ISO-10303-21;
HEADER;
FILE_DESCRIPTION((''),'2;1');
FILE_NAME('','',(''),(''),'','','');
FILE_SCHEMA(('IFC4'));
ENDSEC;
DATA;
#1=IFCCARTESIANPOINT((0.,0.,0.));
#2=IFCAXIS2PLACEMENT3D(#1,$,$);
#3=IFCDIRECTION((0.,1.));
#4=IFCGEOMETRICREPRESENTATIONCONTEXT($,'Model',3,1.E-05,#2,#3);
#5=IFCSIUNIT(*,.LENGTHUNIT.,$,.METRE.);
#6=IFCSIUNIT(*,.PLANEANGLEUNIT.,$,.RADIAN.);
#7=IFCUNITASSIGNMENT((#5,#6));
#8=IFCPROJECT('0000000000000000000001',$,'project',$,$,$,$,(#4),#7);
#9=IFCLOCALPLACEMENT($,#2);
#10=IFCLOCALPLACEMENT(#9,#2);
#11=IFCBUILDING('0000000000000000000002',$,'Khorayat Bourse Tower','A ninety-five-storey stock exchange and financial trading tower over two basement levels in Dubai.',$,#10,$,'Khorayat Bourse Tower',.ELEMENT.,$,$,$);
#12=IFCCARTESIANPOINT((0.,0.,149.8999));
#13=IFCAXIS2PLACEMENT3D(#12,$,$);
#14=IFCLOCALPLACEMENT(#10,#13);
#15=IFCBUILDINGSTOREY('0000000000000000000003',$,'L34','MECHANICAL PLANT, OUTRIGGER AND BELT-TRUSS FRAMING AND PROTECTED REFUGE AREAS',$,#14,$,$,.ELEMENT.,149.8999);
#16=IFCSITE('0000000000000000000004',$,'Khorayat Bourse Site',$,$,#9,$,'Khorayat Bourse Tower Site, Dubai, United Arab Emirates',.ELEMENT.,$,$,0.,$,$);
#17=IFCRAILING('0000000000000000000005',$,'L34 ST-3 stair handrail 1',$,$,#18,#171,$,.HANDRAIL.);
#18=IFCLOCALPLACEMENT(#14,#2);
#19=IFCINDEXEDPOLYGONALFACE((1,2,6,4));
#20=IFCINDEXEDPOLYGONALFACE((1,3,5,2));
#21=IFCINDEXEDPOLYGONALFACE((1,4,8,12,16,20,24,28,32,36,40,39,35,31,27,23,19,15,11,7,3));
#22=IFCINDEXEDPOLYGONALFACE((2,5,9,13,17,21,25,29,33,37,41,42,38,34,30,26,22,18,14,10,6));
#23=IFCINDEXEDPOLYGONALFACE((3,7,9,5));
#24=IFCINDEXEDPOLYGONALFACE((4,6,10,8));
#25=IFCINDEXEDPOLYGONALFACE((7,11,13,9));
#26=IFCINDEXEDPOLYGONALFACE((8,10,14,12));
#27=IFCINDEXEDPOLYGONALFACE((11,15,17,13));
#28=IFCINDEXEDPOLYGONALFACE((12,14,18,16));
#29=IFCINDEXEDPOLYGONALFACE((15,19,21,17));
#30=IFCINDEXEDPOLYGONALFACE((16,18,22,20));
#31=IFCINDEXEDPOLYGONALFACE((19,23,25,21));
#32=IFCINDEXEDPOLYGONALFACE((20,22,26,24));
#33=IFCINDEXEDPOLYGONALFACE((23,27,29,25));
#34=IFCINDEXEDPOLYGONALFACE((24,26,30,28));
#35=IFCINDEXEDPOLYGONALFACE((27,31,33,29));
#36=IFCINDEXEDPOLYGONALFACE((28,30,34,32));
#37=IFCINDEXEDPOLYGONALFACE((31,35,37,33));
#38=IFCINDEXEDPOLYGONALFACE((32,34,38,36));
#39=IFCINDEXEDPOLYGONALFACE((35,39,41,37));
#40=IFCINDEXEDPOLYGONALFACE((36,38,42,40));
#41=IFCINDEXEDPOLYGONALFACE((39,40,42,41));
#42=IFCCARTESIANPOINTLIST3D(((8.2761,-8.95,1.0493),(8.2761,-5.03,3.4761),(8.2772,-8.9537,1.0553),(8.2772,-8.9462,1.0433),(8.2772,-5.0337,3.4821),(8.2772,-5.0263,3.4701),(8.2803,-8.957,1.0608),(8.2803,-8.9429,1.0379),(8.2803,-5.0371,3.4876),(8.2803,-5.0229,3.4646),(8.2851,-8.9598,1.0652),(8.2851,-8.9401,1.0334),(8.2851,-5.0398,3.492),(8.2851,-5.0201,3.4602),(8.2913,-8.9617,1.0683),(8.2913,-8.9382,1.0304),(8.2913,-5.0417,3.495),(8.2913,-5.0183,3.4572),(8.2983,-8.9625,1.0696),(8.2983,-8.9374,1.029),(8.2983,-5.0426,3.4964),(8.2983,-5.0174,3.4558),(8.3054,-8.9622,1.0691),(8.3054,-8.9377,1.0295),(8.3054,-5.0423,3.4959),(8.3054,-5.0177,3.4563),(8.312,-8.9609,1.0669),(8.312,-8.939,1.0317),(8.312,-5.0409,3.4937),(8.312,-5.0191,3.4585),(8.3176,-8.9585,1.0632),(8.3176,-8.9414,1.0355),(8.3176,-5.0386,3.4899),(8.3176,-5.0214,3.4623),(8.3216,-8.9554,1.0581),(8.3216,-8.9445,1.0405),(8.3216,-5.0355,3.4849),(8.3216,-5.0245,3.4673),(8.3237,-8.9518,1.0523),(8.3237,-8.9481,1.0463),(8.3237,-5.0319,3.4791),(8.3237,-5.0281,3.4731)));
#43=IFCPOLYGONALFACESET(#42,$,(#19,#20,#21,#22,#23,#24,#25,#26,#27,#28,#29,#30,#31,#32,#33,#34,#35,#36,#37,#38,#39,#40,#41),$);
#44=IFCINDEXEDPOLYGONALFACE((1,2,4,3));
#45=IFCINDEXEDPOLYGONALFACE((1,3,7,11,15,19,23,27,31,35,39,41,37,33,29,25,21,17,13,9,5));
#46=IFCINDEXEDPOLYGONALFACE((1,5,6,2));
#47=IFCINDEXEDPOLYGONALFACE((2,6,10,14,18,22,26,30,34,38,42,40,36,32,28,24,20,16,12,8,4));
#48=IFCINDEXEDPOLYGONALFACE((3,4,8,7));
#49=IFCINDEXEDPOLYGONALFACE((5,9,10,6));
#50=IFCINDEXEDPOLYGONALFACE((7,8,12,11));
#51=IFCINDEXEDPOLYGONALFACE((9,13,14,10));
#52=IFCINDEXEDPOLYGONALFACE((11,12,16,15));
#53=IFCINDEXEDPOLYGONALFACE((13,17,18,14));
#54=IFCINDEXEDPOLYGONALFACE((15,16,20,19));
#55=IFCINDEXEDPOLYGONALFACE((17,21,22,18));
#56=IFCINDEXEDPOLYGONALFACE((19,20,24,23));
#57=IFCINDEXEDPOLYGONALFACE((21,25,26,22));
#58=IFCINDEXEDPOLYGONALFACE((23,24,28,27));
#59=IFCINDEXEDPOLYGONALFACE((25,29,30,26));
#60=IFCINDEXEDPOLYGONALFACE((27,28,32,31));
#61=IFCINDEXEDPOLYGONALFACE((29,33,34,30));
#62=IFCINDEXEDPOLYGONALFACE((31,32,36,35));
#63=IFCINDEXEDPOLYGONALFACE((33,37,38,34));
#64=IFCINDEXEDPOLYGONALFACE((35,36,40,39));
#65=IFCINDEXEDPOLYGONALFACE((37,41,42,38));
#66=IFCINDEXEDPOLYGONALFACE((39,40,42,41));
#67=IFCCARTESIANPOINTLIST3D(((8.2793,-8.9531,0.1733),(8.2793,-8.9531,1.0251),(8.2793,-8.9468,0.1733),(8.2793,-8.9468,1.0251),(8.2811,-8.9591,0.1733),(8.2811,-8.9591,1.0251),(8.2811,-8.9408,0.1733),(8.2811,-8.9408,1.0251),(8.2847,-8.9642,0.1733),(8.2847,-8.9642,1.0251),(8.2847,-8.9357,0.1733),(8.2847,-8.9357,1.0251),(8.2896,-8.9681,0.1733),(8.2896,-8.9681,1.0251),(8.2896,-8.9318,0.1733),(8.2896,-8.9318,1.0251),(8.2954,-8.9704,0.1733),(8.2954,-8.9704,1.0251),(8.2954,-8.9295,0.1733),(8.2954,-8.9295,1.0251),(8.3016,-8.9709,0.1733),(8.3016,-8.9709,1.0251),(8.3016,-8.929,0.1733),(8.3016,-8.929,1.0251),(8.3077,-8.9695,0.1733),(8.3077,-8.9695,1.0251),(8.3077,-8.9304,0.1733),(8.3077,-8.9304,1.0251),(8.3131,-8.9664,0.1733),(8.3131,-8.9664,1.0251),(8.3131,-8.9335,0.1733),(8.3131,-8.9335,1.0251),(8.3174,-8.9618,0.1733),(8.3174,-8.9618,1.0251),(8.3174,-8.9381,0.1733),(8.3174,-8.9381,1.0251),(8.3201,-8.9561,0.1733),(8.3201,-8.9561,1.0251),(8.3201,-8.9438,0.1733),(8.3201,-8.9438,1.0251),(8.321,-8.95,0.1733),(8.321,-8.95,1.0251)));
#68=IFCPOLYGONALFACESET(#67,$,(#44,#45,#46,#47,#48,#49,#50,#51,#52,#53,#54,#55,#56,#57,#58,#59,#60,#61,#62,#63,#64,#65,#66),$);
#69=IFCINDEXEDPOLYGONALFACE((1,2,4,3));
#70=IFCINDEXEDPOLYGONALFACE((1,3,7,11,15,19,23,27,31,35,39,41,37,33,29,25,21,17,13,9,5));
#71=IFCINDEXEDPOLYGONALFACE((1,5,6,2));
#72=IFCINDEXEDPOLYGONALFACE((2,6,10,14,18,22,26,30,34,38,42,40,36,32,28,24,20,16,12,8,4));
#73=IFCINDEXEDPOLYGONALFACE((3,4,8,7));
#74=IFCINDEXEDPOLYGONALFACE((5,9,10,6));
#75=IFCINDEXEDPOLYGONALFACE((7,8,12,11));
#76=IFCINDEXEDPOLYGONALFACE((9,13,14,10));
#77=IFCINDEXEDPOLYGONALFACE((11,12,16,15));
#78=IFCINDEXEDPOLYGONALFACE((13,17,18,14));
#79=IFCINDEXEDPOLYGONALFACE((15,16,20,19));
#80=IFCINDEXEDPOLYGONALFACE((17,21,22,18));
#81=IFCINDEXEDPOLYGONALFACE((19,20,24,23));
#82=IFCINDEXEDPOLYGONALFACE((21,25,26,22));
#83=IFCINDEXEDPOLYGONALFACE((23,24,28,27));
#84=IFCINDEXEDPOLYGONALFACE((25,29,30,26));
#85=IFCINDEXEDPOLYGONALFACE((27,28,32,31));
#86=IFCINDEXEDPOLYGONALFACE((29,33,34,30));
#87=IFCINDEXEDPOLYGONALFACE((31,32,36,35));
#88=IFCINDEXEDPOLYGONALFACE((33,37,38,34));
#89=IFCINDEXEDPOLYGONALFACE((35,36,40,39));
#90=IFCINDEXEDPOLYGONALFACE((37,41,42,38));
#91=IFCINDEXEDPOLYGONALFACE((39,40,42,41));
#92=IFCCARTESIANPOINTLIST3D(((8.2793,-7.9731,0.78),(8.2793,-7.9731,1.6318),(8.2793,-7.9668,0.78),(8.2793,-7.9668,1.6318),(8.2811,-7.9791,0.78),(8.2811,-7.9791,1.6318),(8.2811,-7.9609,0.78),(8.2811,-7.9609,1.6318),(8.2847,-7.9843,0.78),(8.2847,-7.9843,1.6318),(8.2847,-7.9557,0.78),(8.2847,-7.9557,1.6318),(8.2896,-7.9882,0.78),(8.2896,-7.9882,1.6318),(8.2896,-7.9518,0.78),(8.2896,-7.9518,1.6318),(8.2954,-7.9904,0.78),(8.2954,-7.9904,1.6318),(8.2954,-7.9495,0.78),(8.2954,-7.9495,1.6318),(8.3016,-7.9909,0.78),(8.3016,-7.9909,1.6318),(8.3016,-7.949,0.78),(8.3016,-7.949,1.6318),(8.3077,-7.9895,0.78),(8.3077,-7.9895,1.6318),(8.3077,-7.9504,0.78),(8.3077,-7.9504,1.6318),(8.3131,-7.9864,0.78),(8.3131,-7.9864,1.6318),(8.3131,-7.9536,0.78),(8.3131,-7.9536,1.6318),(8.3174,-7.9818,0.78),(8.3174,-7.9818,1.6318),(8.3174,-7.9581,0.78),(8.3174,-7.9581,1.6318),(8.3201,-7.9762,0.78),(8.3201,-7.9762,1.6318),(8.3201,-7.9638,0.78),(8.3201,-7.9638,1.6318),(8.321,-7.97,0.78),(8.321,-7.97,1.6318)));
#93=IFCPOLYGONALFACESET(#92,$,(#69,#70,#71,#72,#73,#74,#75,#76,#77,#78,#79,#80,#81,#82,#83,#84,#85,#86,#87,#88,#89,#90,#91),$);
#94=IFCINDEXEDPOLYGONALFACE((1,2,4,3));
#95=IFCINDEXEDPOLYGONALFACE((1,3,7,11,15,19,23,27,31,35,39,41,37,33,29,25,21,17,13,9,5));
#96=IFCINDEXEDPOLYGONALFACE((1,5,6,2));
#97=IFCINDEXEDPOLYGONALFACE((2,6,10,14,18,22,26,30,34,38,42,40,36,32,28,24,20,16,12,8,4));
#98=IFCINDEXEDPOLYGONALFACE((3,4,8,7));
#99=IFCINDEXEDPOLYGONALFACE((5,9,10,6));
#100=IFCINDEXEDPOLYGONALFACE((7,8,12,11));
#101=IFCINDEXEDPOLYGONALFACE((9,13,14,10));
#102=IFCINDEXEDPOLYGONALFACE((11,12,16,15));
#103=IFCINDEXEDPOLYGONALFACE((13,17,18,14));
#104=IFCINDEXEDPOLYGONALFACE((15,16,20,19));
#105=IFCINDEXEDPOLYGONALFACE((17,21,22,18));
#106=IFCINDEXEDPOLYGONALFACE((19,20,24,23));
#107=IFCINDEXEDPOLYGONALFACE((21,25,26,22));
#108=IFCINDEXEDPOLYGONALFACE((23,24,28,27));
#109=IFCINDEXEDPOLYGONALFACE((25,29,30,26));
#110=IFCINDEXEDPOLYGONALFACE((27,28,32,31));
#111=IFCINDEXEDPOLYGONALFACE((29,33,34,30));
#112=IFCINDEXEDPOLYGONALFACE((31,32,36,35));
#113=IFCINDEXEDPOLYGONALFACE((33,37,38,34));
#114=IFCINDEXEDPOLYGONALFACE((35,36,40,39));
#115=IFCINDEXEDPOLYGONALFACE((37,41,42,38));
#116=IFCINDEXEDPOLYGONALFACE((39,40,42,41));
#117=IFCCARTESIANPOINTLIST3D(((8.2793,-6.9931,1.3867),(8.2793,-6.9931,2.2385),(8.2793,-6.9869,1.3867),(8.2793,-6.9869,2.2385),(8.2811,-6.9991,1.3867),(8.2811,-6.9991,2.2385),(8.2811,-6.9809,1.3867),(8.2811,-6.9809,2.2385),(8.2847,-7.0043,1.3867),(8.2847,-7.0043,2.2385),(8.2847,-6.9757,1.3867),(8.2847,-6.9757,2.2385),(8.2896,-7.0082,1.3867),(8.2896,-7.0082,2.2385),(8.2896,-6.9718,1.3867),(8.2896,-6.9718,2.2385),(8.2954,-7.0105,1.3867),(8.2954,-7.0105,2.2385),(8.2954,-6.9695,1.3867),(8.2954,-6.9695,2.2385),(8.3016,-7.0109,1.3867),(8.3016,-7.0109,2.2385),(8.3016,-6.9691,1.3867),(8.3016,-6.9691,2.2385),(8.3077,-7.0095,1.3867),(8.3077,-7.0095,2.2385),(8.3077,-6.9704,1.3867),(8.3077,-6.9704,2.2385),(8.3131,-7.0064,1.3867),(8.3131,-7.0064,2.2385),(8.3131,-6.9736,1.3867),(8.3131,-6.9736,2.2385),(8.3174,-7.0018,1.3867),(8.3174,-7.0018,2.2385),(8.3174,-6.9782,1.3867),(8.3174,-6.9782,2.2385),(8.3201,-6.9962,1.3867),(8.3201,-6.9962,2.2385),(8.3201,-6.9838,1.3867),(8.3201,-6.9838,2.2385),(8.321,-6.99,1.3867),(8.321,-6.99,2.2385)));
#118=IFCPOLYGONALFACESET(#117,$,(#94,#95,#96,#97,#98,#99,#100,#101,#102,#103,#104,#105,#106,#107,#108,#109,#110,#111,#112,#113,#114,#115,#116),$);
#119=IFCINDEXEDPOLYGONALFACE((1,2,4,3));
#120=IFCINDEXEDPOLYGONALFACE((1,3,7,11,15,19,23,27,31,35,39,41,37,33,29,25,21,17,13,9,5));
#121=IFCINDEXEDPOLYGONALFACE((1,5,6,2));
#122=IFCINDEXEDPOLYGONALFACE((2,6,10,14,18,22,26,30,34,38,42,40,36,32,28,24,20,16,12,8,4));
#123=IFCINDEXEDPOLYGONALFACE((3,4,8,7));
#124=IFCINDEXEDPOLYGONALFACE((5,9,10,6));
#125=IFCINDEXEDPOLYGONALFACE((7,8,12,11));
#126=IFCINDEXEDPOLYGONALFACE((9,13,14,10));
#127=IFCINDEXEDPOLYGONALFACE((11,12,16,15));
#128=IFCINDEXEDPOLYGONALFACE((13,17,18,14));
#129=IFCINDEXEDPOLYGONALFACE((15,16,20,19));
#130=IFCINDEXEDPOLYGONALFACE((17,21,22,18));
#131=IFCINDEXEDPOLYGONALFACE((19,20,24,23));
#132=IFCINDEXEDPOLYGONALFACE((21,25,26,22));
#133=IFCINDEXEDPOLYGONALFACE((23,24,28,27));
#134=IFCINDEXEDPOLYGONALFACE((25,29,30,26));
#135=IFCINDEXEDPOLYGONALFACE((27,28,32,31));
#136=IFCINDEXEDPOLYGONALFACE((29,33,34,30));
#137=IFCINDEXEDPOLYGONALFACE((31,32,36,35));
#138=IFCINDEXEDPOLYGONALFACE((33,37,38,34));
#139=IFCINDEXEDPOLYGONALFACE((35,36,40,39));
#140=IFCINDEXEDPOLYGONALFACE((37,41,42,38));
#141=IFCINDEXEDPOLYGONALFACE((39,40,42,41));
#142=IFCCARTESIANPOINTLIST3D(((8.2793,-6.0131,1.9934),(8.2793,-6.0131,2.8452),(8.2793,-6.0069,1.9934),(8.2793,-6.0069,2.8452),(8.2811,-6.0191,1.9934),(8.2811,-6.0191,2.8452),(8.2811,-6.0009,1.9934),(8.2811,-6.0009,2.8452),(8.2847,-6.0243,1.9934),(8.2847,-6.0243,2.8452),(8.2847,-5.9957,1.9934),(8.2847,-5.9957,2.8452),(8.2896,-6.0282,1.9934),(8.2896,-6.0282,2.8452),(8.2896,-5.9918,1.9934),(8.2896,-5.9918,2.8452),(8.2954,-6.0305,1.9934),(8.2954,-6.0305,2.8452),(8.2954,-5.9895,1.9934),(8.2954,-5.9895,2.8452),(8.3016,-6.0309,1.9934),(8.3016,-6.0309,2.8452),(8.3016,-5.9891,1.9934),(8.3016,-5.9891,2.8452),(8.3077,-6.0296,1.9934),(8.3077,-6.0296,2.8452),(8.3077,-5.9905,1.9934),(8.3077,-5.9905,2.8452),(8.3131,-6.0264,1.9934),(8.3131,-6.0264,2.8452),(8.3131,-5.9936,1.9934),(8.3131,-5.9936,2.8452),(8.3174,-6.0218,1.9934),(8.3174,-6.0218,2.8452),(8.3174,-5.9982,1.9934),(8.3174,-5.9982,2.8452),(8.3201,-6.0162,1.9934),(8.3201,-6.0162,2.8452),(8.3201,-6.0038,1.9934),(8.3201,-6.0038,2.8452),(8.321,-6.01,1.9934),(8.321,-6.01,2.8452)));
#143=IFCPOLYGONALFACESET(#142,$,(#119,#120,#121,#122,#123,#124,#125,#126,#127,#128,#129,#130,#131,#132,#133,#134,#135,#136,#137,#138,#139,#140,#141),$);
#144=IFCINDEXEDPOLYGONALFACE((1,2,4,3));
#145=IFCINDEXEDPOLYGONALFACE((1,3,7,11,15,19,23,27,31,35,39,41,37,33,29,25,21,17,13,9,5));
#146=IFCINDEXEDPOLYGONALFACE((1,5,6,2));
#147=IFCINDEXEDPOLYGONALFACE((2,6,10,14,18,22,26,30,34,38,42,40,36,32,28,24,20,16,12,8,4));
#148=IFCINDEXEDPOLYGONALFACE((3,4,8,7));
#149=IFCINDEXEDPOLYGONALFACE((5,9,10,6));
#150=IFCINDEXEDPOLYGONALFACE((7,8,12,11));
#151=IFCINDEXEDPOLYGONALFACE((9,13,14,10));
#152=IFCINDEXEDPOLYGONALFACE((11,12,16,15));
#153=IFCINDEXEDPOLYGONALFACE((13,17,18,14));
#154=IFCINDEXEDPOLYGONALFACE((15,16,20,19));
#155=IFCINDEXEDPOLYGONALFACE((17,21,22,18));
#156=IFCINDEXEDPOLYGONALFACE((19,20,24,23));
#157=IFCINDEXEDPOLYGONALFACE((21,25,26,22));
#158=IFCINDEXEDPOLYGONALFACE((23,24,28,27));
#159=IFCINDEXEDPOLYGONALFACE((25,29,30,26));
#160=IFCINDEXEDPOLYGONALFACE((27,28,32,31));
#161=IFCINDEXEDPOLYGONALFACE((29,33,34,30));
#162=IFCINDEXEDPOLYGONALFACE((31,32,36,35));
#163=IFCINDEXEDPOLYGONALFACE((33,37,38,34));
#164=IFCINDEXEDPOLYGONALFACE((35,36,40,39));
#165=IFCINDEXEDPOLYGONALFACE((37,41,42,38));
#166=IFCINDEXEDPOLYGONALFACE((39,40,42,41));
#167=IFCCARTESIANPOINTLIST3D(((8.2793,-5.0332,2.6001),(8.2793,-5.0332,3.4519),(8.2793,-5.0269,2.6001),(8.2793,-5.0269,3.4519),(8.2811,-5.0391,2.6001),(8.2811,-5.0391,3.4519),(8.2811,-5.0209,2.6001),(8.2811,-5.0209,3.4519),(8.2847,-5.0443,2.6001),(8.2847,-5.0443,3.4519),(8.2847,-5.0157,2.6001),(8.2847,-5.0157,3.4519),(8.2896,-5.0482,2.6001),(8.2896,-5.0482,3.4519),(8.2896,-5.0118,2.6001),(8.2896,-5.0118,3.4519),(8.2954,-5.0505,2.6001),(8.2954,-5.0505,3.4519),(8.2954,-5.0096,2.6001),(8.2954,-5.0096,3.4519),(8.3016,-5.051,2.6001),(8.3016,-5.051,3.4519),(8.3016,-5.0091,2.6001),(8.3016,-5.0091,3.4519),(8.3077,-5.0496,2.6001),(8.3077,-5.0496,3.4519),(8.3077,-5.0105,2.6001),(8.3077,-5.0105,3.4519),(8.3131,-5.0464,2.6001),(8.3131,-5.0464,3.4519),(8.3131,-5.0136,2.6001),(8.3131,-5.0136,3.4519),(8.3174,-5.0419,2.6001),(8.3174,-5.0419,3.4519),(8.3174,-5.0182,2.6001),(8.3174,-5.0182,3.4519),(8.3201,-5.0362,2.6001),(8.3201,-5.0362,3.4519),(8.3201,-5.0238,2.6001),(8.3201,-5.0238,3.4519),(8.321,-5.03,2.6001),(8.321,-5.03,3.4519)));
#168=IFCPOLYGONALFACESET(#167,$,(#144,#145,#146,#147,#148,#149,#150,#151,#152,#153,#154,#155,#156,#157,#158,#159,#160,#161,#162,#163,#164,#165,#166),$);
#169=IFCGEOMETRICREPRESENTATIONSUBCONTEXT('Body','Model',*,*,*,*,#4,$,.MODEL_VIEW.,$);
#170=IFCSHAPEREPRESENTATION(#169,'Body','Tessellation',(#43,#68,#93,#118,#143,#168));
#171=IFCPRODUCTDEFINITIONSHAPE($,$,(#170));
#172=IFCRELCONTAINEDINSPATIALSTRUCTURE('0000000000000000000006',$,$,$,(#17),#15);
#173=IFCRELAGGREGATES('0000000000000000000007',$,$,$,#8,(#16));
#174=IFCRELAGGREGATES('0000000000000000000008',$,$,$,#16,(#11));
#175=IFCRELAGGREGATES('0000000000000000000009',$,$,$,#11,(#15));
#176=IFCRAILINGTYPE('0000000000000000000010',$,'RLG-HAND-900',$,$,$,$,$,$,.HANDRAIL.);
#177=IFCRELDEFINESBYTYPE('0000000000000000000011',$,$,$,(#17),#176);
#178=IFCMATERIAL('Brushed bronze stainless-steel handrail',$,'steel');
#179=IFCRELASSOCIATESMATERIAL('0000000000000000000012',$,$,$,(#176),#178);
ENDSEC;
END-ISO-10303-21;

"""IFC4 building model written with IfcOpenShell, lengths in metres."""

from ifc_helpers import new_model, si_unit, direction, frame, origin, origin_2d, place, context, subcontext, project, spatial, circle, extrude, source, transform, mapped, material, type_object, element, save


model = new_model("IFC4")

# Units and contexts
model_context = context("Model", 3, precision=1e-05, world=origin(), true_north=direction((0.0, 1.0)))
body_context = subcontext(model_context, "Body", "Model", "MODEL_VIEW")
ifc_project = project(units=[si_unit("LENGTHUNIT", "METRE"), si_unit("PLANEANGLEUNIT", "RADIAN")], contexts=[model_context])

# Site, building, storey
site_placement = place(None, origin())
site = spatial("IfcSite", under=ifc_project, at=site_placement, Name="Khorayat Bourse Site", LongName="Khorayat Bourse Tower Site, Dubai, United Arab Emirates", CompositionType="ELEMENT", RefElevation=0.0)
building_placement = place(site_placement, origin())
building = spatial("IfcBuilding", under=site, at=building_placement, Name="Khorayat Bourse Tower", Description="A ninety-five-storey stock exchange and financial trading tower over two basement levels in Dubai.", LongName="Khorayat Bourse Tower", CompositionType="ELEMENT")
storey_placement = place(building_placement, frame((0.0, 0.0, 149.8999)))
storey = spatial("IfcBuildingStorey", under=building, at=storey_placement, Name="L34", Description="MECHANICAL PLANT, OUTRIGGER AND BELT-TRUSS FRAMING AND PROTECTED REFUGE AREAS", CompositionType="ELEMENT", Elevation=149.8999)

# Railing
ifc_material_1 = material(Name="Brushed bronze stainless-steel handrail", Category="steel")
railing_type_1 = type_object("IfcRailingType", Name="RLG-HAND-900", PredefinedType="HANDRAIL", material=ifc_material_1)
shared_shape_1 = source(origin(), body_context, "Body", "SweptSolid", [
    extrude(circle(Radius=0.0239, at=origin_2d()), frame((0.0, 0.0, 0.876), z_axis=(0.0, 0.850252, 0.526376), x_axis=(-1.0, 0.0, 0.0)), (0.0, 0.0, 1.0), 4.6104),
    extrude(circle(Radius=0.021, at=origin_2d()), origin(), (0.0, 0.0, 1.0), 0.8518),
    extrude(circle(Radius=0.021, at=origin_2d()), frame((0.0, 0.98, 0.6067)), (0.0, 0.0, 1.0), 0.8518),
    extrude(circle(Radius=0.021, at=origin_2d()), frame((0.0, 1.96, 1.2134)), (0.0, 0.0, 1.0), 0.8518),
    extrude(circle(Radius=0.021, at=origin_2d()), frame((0.0, 2.9399, 1.8201)), (0.0, 0.0, 1.0), 0.8518),
    extrude(circle(Radius=0.021, at=origin_2d()), frame((0.0, 3.9199, 2.4268)), (0.0, 0.0, 1.0), 0.8518),
])
railing_1_placement = place(storey_placement, frame((8.3, -8.95, 0.1733)))
element("IfcRailing", 1, at=railing_1_placement, inside=storey, type_object=railing_type_1, Name="L34 ST-3 stair handrail 1", PredefinedType="HANDRAIL", context=body_context, shape_type="MappedRepresentation", body=[
    mapped(shared_shape_1, transform((0.0, 0.0, 0.0), scale=1.0)),
])

save(model, "model.ifc")
